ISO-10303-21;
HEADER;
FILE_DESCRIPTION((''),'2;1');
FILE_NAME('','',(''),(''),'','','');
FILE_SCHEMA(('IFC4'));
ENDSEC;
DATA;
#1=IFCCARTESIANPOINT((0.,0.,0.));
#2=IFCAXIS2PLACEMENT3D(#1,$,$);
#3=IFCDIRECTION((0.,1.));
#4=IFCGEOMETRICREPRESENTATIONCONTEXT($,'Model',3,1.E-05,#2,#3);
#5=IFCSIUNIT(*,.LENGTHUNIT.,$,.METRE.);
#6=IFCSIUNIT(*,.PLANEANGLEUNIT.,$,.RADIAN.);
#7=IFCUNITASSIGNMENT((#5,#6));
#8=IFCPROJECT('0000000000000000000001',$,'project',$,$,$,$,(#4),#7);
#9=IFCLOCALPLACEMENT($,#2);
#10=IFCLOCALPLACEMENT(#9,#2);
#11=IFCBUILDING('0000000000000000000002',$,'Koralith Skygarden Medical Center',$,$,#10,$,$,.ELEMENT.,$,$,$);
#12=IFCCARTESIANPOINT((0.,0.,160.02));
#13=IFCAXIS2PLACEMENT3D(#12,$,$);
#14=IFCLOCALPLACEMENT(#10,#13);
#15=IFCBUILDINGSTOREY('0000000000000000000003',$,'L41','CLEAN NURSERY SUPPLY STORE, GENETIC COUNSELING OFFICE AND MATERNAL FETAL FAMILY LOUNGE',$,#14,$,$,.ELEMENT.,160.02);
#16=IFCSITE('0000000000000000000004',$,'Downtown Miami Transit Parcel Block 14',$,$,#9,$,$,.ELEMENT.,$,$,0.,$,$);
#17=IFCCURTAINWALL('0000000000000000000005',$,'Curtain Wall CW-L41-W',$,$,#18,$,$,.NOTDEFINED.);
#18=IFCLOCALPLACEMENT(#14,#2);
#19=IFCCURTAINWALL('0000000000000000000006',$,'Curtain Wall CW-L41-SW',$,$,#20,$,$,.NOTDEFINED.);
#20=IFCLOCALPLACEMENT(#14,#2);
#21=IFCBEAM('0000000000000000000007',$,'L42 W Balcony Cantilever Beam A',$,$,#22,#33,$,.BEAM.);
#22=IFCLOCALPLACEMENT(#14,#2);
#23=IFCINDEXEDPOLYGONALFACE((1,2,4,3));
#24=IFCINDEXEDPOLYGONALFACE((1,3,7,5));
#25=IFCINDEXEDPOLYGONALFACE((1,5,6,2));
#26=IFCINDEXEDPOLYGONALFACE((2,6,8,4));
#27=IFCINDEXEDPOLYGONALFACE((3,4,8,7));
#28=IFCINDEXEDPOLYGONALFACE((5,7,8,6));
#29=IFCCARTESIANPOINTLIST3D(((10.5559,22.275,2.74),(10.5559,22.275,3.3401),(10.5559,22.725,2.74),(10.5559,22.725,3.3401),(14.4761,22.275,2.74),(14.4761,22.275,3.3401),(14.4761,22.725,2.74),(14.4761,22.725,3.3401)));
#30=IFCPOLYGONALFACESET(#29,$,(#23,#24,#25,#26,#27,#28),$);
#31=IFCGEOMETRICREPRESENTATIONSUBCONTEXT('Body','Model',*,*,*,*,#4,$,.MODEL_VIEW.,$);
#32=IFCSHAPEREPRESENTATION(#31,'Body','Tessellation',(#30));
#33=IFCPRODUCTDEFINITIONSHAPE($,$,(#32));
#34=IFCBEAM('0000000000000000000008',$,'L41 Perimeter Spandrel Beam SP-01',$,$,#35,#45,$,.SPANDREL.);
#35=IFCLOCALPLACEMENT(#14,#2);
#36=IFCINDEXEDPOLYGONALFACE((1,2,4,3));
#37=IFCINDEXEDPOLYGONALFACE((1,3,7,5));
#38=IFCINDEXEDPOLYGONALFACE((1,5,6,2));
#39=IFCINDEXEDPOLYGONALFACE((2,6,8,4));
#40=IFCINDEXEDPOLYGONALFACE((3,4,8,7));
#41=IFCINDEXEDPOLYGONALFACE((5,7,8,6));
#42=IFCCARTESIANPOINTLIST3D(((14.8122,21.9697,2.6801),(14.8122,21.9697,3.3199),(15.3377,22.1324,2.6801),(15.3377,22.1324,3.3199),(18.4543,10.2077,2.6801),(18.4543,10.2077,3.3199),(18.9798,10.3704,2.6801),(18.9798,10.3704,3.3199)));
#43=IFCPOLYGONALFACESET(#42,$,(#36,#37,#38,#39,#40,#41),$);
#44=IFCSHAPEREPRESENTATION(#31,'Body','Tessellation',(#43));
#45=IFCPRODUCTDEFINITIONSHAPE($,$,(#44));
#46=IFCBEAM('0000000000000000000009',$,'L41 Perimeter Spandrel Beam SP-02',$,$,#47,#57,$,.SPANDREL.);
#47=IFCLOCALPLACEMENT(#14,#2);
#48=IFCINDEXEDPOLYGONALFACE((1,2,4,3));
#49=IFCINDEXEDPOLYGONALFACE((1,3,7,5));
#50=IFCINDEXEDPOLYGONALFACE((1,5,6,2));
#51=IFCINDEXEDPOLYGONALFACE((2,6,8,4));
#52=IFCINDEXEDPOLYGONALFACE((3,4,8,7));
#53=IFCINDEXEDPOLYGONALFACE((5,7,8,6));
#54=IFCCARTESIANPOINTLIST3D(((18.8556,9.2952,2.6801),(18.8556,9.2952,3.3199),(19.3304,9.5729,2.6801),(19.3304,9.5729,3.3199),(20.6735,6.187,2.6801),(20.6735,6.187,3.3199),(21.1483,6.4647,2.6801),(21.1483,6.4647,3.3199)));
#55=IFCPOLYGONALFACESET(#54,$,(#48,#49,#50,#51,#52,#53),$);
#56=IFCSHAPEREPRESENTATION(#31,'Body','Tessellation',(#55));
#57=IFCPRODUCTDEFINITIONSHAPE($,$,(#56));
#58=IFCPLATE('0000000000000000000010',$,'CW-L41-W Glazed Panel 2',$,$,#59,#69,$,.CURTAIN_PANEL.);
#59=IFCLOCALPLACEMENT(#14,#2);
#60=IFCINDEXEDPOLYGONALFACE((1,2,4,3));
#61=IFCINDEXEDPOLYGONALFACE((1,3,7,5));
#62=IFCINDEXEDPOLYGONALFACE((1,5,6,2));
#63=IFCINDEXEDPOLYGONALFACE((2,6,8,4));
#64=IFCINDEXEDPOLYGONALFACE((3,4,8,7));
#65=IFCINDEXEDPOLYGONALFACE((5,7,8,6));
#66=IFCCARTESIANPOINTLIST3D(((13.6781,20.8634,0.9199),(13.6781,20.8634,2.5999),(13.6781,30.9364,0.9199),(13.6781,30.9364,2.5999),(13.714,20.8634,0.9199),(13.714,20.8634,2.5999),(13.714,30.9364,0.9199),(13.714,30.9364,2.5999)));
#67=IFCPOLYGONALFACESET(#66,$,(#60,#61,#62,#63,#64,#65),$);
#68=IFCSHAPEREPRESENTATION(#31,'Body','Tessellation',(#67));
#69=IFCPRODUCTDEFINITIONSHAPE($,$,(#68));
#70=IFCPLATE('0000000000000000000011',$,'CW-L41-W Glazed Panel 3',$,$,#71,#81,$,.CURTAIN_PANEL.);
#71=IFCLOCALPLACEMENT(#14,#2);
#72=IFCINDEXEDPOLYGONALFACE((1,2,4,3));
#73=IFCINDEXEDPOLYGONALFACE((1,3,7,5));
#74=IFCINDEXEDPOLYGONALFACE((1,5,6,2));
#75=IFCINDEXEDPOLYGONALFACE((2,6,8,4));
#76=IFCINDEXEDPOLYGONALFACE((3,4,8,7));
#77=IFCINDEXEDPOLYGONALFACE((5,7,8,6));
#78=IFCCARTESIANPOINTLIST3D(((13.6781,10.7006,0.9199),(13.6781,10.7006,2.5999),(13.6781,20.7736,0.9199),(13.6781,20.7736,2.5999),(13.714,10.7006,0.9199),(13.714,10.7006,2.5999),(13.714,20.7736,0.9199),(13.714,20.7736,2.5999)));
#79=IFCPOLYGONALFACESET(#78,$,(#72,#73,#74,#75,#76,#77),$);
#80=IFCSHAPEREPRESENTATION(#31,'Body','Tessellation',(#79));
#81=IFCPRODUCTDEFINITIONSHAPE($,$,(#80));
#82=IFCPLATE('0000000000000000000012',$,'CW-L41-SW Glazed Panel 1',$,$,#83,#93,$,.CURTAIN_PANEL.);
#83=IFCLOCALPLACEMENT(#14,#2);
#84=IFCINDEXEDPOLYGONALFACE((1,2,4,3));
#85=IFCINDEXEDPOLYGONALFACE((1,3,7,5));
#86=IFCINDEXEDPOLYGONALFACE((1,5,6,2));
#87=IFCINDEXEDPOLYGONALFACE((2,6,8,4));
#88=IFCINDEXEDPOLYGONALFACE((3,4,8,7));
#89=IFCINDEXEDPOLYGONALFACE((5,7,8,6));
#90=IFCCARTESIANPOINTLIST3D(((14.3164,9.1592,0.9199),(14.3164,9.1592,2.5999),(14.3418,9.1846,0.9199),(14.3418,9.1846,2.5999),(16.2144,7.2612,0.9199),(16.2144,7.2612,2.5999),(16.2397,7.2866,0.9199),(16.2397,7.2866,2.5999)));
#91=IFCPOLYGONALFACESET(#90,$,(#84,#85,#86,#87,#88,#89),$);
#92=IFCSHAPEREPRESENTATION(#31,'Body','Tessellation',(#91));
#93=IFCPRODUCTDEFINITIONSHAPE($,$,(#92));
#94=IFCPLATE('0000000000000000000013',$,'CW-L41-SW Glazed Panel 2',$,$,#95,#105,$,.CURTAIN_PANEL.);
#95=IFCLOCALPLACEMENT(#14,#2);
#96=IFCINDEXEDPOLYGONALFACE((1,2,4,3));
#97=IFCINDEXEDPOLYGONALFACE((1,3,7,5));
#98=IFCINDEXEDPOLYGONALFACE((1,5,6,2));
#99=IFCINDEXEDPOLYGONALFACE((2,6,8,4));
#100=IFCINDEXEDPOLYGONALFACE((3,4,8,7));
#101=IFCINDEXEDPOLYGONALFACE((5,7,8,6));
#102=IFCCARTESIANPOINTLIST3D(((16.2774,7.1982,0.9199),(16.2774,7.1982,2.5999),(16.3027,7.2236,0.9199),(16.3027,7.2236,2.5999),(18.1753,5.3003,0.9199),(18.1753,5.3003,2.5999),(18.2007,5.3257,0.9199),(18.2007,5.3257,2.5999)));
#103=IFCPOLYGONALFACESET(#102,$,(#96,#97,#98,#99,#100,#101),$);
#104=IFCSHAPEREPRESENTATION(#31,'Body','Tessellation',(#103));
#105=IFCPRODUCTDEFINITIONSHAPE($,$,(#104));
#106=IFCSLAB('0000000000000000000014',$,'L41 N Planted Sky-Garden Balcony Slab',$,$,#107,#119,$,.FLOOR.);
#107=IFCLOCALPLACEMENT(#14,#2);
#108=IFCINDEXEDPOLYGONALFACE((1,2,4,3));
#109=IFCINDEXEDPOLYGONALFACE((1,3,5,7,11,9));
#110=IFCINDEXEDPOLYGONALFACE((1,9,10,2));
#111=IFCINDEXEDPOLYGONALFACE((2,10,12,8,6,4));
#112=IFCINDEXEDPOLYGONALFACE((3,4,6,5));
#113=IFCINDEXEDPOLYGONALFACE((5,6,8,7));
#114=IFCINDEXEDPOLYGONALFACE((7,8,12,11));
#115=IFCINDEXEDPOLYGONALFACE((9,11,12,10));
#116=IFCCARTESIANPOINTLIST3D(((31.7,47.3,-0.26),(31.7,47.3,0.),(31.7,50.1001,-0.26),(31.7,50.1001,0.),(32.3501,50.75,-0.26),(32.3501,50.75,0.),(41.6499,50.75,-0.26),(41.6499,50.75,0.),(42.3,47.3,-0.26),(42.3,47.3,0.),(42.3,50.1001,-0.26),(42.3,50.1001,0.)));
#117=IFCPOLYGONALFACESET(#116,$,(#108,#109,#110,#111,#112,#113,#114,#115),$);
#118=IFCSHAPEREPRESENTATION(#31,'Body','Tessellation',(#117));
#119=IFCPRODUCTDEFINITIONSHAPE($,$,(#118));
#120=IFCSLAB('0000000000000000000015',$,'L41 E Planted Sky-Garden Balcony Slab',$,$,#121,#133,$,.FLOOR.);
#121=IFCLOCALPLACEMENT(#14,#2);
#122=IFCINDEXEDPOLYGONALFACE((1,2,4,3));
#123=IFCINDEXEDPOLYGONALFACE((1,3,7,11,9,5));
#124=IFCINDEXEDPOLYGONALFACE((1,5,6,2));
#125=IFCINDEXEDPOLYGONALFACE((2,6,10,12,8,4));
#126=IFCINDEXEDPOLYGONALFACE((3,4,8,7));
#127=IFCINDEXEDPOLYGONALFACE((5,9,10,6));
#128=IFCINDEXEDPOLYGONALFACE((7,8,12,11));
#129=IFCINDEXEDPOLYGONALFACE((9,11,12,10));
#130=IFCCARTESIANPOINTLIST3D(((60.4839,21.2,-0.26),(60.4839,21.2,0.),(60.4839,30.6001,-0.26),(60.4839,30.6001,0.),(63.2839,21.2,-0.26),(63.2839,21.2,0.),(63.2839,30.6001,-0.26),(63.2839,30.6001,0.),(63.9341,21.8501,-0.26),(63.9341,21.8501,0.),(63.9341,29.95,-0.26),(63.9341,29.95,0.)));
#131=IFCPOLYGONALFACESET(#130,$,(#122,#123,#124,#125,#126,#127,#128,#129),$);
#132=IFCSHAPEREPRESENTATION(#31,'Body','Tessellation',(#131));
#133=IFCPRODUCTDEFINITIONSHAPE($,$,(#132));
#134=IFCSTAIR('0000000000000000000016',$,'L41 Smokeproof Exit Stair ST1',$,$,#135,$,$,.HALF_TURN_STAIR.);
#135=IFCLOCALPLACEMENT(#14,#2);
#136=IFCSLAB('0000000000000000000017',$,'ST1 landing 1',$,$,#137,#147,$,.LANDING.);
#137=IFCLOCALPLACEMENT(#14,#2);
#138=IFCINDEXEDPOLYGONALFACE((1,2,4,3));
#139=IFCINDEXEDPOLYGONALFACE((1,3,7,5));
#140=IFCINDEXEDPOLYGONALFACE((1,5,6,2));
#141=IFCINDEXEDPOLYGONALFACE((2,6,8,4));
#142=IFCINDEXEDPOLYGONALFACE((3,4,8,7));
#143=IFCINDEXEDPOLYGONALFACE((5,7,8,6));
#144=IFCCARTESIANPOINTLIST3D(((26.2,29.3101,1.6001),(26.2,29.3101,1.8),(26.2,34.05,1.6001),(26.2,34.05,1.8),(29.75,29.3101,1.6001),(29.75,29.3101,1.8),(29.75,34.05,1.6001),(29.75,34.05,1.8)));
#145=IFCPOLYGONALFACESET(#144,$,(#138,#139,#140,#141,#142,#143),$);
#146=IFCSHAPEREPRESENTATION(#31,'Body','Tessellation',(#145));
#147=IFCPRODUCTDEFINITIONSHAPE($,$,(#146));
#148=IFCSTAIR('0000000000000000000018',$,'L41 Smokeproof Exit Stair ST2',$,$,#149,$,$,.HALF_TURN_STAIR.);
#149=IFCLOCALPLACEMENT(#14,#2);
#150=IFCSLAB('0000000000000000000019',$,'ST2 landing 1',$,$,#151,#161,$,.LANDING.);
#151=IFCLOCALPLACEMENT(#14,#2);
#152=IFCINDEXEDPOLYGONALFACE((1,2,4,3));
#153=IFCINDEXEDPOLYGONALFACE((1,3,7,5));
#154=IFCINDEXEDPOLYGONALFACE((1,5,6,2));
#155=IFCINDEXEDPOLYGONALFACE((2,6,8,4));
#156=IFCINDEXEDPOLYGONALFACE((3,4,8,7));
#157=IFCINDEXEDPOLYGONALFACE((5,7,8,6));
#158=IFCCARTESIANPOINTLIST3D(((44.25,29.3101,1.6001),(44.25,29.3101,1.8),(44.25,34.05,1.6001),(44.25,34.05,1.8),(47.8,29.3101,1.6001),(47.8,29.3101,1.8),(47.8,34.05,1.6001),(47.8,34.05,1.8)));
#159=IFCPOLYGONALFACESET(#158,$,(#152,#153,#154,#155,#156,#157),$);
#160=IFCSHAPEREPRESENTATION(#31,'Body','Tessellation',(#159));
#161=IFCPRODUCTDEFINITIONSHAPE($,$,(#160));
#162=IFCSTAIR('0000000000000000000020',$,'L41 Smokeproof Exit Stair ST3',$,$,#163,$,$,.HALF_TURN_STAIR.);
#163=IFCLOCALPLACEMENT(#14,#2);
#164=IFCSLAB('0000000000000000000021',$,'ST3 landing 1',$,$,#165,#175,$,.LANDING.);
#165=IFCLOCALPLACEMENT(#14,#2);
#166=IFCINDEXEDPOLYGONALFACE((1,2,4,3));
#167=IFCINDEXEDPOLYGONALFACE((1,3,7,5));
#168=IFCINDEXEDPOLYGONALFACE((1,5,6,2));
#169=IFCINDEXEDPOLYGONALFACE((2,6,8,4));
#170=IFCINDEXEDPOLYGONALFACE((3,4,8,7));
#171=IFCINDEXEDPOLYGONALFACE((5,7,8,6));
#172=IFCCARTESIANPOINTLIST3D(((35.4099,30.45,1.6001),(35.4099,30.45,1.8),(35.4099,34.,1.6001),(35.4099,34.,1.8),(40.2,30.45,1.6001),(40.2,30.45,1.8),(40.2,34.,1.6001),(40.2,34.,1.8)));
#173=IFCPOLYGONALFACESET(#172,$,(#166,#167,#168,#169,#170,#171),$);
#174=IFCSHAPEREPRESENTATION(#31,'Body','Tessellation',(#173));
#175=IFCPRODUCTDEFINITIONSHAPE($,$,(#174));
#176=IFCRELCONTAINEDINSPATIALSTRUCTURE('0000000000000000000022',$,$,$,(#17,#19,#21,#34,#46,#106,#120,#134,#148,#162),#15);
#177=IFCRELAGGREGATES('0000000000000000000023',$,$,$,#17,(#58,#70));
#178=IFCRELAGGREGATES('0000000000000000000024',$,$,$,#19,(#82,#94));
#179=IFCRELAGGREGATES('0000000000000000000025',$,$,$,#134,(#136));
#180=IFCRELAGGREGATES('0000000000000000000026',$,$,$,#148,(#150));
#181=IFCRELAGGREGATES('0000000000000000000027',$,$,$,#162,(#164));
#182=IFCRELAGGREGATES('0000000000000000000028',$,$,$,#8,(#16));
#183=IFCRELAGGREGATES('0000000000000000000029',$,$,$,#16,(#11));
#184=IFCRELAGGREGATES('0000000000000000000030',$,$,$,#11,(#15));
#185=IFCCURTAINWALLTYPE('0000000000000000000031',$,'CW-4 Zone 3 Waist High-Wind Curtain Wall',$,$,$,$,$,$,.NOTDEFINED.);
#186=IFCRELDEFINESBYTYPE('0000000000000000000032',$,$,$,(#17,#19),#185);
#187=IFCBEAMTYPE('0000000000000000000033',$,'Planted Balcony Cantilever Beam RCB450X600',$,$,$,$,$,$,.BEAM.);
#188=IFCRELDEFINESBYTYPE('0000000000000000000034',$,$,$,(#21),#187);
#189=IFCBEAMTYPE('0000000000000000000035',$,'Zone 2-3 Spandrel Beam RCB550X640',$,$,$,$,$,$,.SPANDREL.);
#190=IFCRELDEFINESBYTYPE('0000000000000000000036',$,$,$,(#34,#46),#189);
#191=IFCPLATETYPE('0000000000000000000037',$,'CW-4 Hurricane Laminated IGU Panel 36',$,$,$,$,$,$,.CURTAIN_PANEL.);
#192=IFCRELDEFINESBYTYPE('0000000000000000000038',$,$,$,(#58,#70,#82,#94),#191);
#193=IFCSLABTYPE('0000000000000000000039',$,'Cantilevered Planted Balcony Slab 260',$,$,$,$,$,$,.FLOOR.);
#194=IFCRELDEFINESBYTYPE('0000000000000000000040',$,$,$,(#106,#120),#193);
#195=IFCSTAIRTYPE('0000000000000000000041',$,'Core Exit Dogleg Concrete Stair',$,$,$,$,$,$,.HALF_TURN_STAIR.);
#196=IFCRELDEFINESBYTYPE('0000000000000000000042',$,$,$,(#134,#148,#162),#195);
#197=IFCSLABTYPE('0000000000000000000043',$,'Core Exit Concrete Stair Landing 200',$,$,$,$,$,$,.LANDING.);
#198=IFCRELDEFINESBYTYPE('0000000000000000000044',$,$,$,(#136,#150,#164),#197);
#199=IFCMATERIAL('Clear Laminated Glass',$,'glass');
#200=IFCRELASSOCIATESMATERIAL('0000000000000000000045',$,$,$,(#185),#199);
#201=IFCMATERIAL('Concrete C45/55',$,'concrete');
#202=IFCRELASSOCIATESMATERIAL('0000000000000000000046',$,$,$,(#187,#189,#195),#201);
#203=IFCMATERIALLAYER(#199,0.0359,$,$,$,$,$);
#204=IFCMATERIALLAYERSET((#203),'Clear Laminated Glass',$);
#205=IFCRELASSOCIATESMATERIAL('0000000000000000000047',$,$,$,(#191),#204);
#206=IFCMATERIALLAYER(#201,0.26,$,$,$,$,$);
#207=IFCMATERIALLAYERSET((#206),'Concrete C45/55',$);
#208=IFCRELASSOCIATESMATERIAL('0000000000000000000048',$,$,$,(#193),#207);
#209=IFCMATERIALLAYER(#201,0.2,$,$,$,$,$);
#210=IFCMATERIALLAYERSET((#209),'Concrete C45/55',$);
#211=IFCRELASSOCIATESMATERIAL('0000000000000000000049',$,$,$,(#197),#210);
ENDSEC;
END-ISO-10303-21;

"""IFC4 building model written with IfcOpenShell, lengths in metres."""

from ifc_helpers import new_model, si_unit, direction, frame, origin, origin_2d, place, context, subcontext, project, spatial, polyline, rectangle, outline, extrude, material, layer, layer_set, material_profile, profile_set, type_object, element, aggregate, save


model = new_model("IFC4")

# Units and contexts
model_context = context("Model", 3, precision=1e-05, world=origin(), true_north=direction((0.0, 1.0)))
body_context = subcontext(model_context, "Body", "Model", "MODEL_VIEW")
ifc_project = project(units=[si_unit("LENGTHUNIT", "METRE"), si_unit("PLANEANGLEUNIT", "RADIAN")], contexts=[model_context])

# Site, building, storey
site_placement = place(None, origin())
site = spatial("IfcSite", under=ifc_project, at=site_placement, Name="Downtown Miami Transit Parcel Block 14", CompositionType="ELEMENT", RefElevation=0.0)
building_placement = place(site_placement, origin())
building = spatial("IfcBuilding", under=site, at=building_placement, Name="Koralith Skygarden Medical Center", CompositionType="ELEMENT")
storey_placement = place(building_placement, frame((0.0, 0.0, 160.02)))
storey = spatial("IfcBuildingStorey", under=building, at=storey_placement, Name="L41", Description="CLEAN NURSERY SUPPLY STORE, GENETIC COUNSELING OFFICE AND MATERNAL FETAL FAMILY LOUNGE", CompositionType="ELEMENT", Elevation=160.02)

# Shared definitions
ifc_material_1 = material(Name="Clear Laminated Glass", Category="glass")
curtain_wall_type = type_object("IfcCurtainWallType", Name="CW-4 Zone 3 Waist High-Wind Curtain Wall", PredefinedType="NOTDEFINED", material=ifc_material_1)

# Curtain walls
curtain_wall_1_placement = place(storey_placement, origin())
curtain_wall_1 = element("IfcCurtainWall", 1, at=curtain_wall_1_placement, inside=storey, type_object=curtain_wall_type, Name="Curtain Wall CW-L41-W", PredefinedType="NOTDEFINED")
curtain_wall_2_placement = place(storey_placement, origin())
curtain_wall_2 = element("IfcCurtainWall", 2, at=curtain_wall_2_placement, inside=storey, type_object=curtain_wall_type, Name="Curtain Wall CW-L41-SW", PredefinedType="NOTDEFINED")

# Beams
ifc_material_2 = material(Name="Concrete C45/55", Category="concrete")
ifc_material_profile_1 = material_profile(ifc_material_2, rectangle(XDim=0.45, YDim=0.6001, at=origin_2d()), Name="RCB450X600")
ifc_profile_set_1 = profile_set([ifc_material_profile_1], Name="Concrete C45/55")
beam_type_1 = type_object("IfcBeamType", Name="Planted Balcony Cantilever Beam RCB450X600", PredefinedType="BEAM", material=ifc_profile_set_1)
beam_1_placement = place(storey_placement, frame((14.4761, 22.5, 3.04), z_axis=(-1.0, 0.0, 0.0), x_axis=(0.0, -1.0, 0.0)))
element("IfcBeam", 3, at=beam_1_placement, inside=storey, type_object=beam_type_1, Name="L42 W Balcony Cantilever Beam A", PredefinedType="BEAM", context=body_context, shape_type="SweptSolid", body=[
    extrude(rectangle(XDim=0.45, YDim=0.6001, at=origin_2d()), origin(), (0.0, 0.0, 1.0), 3.9202),
])
ifc_material_profile_2 = material_profile(ifc_material_2, rectangle(XDim=0.55, YDim=0.6399, at=origin_2d()), Name="RCB550X640")
ifc_profile_set_2 = profile_set([ifc_material_profile_2], Name="Concrete C45/55")
beam_type_2 = type_object("IfcBeamType", Name="Zone 2-3 Spandrel Beam RCB550X640", PredefinedType="SPANDREL", material=ifc_profile_set_2)
beam_2_placement = place(storey_placement, frame((15.075, 22.051, 3.0), z_axis=(0.295794, -0.955252, 0.0), x_axis=(0.955252, 0.295794, 0.0)))
element("IfcBeam", 4, at=beam_2_placement, inside=storey, type_object=beam_type_2, Name="L41 Perimeter Spandrel Beam SP-01", PredefinedType="SPANDREL", context=body_context, shape_type="SweptSolid", body=[
    extrude(rectangle(XDim=0.55, YDim=0.6399, at=origin_2d()), origin(), (0.0, 0.0, 1.0), 12.313),
])
beam_3_placement = place(storey_placement, frame((19.093, 9.4341, 3.0), z_axis=(0.504861, -0.8632, 0.0), x_axis=(0.8632, 0.504861, 0.0)))
element("IfcBeam", 5, at=beam_3_placement, inside=storey, type_object=beam_type_2, Name="L41 Perimeter Spandrel Beam SP-02", PredefinedType="SPANDREL", context=body_context, shape_type="SweptSolid", body=[
    extrude(rectangle(XDim=0.55, YDim=0.6399, at=origin_2d()), origin(), (0.0, 0.0, 1.0), 3.6008),
])

# Plates
ifc_layer_1 = layer(ifc_material_1, 0.0359)
ifc_layer_set_1 = layer_set([ifc_layer_1], Name="Clear Laminated Glass")
plate_type_1 = type_object("IfcPlateType", Name="CW-4 Hurricane Laminated IGU Panel 36", PredefinedType="CURTAIN_PANEL", material=ifc_layer_set_1)
plate_1_placement = place(storey_placement, frame((13.696, 25.8999, 0.9199), z_axis=(0.0, 0.0, 1.0), x_axis=(0.0, -1.0, 0.0)))
plate_1 = element("IfcPlate", 6, at=plate_1_placement, type_object=plate_type_1, Name="CW-L41-W Glazed Panel 2", PredefinedType="CURTAIN_PANEL", context=body_context, shape_type="SweptSolid", body=[
    extrude(rectangle(XDim=10.073, YDim=0.0359, at=origin_2d()), origin(), (0.0, 0.0, 1.0), 1.6799),
])
plate_2_placement = place(storey_placement, frame((13.696, 15.7371, 0.9199), z_axis=(0.0, 0.0, 1.0), x_axis=(0.0, -1.0, 0.0)))
plate_2 = element("IfcPlate", 7, at=plate_2_placement, type_object=plate_type_1, Name="CW-L41-W Glazed Panel 3", PredefinedType="CURTAIN_PANEL", context=body_context, shape_type="SweptSolid", body=[
    extrude(rectangle(XDim=10.073, YDim=0.0359, at=origin_2d()), origin(), (0.0, 0.0, 1.0), 1.6799),
])
aggregate(curtain_wall_1, [plate_1, plate_2])
plate_3_placement = place(storey_placement, frame((15.2781, 8.2229, 0.9199), z_axis=(0.0, 0.0, 1.0), x_axis=(0.707107, -0.707107, 0.0)))
plate_3 = element("IfcPlate", 8, at=plate_3_placement, type_object=plate_type_1, Name="CW-L41-SW Glazed Panel 1", PredefinedType="CURTAIN_PANEL", context=body_context, shape_type="SweptSolid", body=[
    extrude(rectangle(XDim=2.6841, YDim=0.0359, at=origin_2d()), origin(), (0.0, 0.0, 1.0), 1.6799),
])
plate_4_placement = place(storey_placement, frame((17.239, 6.262, 0.9199), z_axis=(0.0, 0.0, 1.0), x_axis=(0.707107, -0.707107, 0.0)))
plate_4 = element("IfcPlate", 9, at=plate_4_placement, type_object=plate_type_1, Name="CW-L41-SW Glazed Panel 2", PredefinedType="CURTAIN_PANEL", context=body_context, shape_type="SweptSolid", body=[
    extrude(rectangle(XDim=2.6841, YDim=0.0359, at=origin_2d()), origin(), (0.0, 0.0, 1.0), 1.6799),
])
aggregate(curtain_wall_2, [plate_3, plate_4])

# Slabs
ifc_layer_2 = layer(ifc_material_2, 0.26)
ifc_layer_set_2 = layer_set([ifc_layer_2], Name="Concrete C45/55")
slab_type_1 = type_object("IfcSlabType", Name="Cantilevered Planted Balcony Slab 260", PredefinedType="FLOOR", material=ifc_layer_set_2)
slab_1_placement = place(storey_placement, frame((0.0, 0.0, -0.26)))
element("IfcSlab", 10, at=slab_1_placement, inside=storey, type_object=slab_type_1, Name="L41 N Planted Sky-Garden Balcony Slab", PredefinedType="FLOOR", context=body_context, shape_type="SweptSolid", body=[
    extrude(outline(polyline([(31.7, 47.3), (42.3, 47.3), (42.3, 50.1001), (41.6499, 50.75), (32.3501, 50.75), (31.7, 50.1001), (31.7, 47.3)])), origin(), (0.0, 0.0, 1.0), 0.26),
])
slab_2_placement = place(storey_placement, frame((0.0, 0.0, -0.26)))
element("IfcSlab", 11, at=slab_2_placement, inside=storey, type_object=slab_type_1, Name="L41 E Planted Sky-Garden Balcony Slab", PredefinedType="FLOOR", context=body_context, shape_type="SweptSolid", body=[
    extrude(outline(polyline([(60.4839, 21.2), (63.2839, 21.2), (63.9341, 21.8501), (63.9341, 29.95), (63.2839, 30.6001), (60.4839, 30.6001), (60.4839, 21.2)])), origin(), (0.0, 0.0, 1.0), 0.26),
])

# Stairs, slabs
stair_type = type_object("IfcStairType", Name="Core Exit Dogleg Concrete Stair", PredefinedType="HALF_TURN_STAIR", material=ifc_material_2)
stair_1_placement = place(storey_placement, origin())
stair_1 = element("IfcStair", 12, at=stair_1_placement, inside=storey, type_object=stair_type, Name="L41 Smokeproof Exit Stair ST1", PredefinedType="HALF_TURN_STAIR")
ifc_layer_3 = layer(ifc_material_2, 0.2)
ifc_layer_set_3 = layer_set([ifc_layer_3], Name="Concrete C45/55")
slab_type_2 = type_object("IfcSlabType", Name="Core Exit Concrete Stair Landing 200", PredefinedType="LANDING", material=ifc_layer_set_3)
slab_3_placement = place(storey_placement, frame((0.0, 0.0, 1.6001)))
slab_3 = element("IfcSlab", 13, at=slab_3_placement, type_object=slab_type_2, Name="ST1 landing 1", PredefinedType="LANDING", context=body_context, shape_type="SweptSolid", body=[
    extrude(outline(polyline([(29.75, 29.3101), (29.75, 34.05), (26.2, 34.05), (26.2, 29.3101), (29.75, 29.3101)])), origin(), (0.0, 0.0, 1.0), 0.2),
])
aggregate(stair_1, [slab_3])
stair_2_placement = place(storey_placement, origin())
stair_2 = element("IfcStair", 14, at=stair_2_placement, inside=storey, type_object=stair_type, Name="L41 Smokeproof Exit Stair ST2", PredefinedType="HALF_TURN_STAIR")
slab_4_placement = place(storey_placement, frame((0.0, 0.0, 1.6001)))
slab_4 = element("IfcSlab", 15, at=slab_4_placement, type_object=slab_type_2, Name="ST2 landing 1", PredefinedType="LANDING", context=body_context, shape_type="SweptSolid", body=[
    extrude(outline(polyline([(47.8, 29.3101), (47.8, 34.05), (44.25, 34.05), (44.25, 29.3101), (47.8, 29.3101)])), origin(), (0.0, 0.0, 1.0), 0.2),
])
aggregate(stair_2, [slab_4])
stair_3_placement = place(storey_placement, origin())
stair_3 = element("IfcStair", 16, at=stair_3_placement, inside=storey, type_object=stair_type, Name="L41 Smokeproof Exit Stair ST3", PredefinedType="HALF_TURN_STAIR")
slab_5_placement = place(storey_placement, frame((0.0, 0.0, 1.6001)))
slab_5 = element("IfcSlab", 17, at=slab_5_placement, type_object=slab_type_2, Name="ST3 landing 1", PredefinedType="LANDING", context=body_context, shape_type="SweptSolid", body=[
    extrude(outline(polyline([(35.4099, 30.45), (40.2, 30.45), (40.2, 34.0), (35.4099, 34.0), (35.4099, 30.45)])), origin(), (0.0, 0.0, 1.0), 0.2),
])
aggregate(stair_3, [slab_5])

save(model, "model.ifc")
